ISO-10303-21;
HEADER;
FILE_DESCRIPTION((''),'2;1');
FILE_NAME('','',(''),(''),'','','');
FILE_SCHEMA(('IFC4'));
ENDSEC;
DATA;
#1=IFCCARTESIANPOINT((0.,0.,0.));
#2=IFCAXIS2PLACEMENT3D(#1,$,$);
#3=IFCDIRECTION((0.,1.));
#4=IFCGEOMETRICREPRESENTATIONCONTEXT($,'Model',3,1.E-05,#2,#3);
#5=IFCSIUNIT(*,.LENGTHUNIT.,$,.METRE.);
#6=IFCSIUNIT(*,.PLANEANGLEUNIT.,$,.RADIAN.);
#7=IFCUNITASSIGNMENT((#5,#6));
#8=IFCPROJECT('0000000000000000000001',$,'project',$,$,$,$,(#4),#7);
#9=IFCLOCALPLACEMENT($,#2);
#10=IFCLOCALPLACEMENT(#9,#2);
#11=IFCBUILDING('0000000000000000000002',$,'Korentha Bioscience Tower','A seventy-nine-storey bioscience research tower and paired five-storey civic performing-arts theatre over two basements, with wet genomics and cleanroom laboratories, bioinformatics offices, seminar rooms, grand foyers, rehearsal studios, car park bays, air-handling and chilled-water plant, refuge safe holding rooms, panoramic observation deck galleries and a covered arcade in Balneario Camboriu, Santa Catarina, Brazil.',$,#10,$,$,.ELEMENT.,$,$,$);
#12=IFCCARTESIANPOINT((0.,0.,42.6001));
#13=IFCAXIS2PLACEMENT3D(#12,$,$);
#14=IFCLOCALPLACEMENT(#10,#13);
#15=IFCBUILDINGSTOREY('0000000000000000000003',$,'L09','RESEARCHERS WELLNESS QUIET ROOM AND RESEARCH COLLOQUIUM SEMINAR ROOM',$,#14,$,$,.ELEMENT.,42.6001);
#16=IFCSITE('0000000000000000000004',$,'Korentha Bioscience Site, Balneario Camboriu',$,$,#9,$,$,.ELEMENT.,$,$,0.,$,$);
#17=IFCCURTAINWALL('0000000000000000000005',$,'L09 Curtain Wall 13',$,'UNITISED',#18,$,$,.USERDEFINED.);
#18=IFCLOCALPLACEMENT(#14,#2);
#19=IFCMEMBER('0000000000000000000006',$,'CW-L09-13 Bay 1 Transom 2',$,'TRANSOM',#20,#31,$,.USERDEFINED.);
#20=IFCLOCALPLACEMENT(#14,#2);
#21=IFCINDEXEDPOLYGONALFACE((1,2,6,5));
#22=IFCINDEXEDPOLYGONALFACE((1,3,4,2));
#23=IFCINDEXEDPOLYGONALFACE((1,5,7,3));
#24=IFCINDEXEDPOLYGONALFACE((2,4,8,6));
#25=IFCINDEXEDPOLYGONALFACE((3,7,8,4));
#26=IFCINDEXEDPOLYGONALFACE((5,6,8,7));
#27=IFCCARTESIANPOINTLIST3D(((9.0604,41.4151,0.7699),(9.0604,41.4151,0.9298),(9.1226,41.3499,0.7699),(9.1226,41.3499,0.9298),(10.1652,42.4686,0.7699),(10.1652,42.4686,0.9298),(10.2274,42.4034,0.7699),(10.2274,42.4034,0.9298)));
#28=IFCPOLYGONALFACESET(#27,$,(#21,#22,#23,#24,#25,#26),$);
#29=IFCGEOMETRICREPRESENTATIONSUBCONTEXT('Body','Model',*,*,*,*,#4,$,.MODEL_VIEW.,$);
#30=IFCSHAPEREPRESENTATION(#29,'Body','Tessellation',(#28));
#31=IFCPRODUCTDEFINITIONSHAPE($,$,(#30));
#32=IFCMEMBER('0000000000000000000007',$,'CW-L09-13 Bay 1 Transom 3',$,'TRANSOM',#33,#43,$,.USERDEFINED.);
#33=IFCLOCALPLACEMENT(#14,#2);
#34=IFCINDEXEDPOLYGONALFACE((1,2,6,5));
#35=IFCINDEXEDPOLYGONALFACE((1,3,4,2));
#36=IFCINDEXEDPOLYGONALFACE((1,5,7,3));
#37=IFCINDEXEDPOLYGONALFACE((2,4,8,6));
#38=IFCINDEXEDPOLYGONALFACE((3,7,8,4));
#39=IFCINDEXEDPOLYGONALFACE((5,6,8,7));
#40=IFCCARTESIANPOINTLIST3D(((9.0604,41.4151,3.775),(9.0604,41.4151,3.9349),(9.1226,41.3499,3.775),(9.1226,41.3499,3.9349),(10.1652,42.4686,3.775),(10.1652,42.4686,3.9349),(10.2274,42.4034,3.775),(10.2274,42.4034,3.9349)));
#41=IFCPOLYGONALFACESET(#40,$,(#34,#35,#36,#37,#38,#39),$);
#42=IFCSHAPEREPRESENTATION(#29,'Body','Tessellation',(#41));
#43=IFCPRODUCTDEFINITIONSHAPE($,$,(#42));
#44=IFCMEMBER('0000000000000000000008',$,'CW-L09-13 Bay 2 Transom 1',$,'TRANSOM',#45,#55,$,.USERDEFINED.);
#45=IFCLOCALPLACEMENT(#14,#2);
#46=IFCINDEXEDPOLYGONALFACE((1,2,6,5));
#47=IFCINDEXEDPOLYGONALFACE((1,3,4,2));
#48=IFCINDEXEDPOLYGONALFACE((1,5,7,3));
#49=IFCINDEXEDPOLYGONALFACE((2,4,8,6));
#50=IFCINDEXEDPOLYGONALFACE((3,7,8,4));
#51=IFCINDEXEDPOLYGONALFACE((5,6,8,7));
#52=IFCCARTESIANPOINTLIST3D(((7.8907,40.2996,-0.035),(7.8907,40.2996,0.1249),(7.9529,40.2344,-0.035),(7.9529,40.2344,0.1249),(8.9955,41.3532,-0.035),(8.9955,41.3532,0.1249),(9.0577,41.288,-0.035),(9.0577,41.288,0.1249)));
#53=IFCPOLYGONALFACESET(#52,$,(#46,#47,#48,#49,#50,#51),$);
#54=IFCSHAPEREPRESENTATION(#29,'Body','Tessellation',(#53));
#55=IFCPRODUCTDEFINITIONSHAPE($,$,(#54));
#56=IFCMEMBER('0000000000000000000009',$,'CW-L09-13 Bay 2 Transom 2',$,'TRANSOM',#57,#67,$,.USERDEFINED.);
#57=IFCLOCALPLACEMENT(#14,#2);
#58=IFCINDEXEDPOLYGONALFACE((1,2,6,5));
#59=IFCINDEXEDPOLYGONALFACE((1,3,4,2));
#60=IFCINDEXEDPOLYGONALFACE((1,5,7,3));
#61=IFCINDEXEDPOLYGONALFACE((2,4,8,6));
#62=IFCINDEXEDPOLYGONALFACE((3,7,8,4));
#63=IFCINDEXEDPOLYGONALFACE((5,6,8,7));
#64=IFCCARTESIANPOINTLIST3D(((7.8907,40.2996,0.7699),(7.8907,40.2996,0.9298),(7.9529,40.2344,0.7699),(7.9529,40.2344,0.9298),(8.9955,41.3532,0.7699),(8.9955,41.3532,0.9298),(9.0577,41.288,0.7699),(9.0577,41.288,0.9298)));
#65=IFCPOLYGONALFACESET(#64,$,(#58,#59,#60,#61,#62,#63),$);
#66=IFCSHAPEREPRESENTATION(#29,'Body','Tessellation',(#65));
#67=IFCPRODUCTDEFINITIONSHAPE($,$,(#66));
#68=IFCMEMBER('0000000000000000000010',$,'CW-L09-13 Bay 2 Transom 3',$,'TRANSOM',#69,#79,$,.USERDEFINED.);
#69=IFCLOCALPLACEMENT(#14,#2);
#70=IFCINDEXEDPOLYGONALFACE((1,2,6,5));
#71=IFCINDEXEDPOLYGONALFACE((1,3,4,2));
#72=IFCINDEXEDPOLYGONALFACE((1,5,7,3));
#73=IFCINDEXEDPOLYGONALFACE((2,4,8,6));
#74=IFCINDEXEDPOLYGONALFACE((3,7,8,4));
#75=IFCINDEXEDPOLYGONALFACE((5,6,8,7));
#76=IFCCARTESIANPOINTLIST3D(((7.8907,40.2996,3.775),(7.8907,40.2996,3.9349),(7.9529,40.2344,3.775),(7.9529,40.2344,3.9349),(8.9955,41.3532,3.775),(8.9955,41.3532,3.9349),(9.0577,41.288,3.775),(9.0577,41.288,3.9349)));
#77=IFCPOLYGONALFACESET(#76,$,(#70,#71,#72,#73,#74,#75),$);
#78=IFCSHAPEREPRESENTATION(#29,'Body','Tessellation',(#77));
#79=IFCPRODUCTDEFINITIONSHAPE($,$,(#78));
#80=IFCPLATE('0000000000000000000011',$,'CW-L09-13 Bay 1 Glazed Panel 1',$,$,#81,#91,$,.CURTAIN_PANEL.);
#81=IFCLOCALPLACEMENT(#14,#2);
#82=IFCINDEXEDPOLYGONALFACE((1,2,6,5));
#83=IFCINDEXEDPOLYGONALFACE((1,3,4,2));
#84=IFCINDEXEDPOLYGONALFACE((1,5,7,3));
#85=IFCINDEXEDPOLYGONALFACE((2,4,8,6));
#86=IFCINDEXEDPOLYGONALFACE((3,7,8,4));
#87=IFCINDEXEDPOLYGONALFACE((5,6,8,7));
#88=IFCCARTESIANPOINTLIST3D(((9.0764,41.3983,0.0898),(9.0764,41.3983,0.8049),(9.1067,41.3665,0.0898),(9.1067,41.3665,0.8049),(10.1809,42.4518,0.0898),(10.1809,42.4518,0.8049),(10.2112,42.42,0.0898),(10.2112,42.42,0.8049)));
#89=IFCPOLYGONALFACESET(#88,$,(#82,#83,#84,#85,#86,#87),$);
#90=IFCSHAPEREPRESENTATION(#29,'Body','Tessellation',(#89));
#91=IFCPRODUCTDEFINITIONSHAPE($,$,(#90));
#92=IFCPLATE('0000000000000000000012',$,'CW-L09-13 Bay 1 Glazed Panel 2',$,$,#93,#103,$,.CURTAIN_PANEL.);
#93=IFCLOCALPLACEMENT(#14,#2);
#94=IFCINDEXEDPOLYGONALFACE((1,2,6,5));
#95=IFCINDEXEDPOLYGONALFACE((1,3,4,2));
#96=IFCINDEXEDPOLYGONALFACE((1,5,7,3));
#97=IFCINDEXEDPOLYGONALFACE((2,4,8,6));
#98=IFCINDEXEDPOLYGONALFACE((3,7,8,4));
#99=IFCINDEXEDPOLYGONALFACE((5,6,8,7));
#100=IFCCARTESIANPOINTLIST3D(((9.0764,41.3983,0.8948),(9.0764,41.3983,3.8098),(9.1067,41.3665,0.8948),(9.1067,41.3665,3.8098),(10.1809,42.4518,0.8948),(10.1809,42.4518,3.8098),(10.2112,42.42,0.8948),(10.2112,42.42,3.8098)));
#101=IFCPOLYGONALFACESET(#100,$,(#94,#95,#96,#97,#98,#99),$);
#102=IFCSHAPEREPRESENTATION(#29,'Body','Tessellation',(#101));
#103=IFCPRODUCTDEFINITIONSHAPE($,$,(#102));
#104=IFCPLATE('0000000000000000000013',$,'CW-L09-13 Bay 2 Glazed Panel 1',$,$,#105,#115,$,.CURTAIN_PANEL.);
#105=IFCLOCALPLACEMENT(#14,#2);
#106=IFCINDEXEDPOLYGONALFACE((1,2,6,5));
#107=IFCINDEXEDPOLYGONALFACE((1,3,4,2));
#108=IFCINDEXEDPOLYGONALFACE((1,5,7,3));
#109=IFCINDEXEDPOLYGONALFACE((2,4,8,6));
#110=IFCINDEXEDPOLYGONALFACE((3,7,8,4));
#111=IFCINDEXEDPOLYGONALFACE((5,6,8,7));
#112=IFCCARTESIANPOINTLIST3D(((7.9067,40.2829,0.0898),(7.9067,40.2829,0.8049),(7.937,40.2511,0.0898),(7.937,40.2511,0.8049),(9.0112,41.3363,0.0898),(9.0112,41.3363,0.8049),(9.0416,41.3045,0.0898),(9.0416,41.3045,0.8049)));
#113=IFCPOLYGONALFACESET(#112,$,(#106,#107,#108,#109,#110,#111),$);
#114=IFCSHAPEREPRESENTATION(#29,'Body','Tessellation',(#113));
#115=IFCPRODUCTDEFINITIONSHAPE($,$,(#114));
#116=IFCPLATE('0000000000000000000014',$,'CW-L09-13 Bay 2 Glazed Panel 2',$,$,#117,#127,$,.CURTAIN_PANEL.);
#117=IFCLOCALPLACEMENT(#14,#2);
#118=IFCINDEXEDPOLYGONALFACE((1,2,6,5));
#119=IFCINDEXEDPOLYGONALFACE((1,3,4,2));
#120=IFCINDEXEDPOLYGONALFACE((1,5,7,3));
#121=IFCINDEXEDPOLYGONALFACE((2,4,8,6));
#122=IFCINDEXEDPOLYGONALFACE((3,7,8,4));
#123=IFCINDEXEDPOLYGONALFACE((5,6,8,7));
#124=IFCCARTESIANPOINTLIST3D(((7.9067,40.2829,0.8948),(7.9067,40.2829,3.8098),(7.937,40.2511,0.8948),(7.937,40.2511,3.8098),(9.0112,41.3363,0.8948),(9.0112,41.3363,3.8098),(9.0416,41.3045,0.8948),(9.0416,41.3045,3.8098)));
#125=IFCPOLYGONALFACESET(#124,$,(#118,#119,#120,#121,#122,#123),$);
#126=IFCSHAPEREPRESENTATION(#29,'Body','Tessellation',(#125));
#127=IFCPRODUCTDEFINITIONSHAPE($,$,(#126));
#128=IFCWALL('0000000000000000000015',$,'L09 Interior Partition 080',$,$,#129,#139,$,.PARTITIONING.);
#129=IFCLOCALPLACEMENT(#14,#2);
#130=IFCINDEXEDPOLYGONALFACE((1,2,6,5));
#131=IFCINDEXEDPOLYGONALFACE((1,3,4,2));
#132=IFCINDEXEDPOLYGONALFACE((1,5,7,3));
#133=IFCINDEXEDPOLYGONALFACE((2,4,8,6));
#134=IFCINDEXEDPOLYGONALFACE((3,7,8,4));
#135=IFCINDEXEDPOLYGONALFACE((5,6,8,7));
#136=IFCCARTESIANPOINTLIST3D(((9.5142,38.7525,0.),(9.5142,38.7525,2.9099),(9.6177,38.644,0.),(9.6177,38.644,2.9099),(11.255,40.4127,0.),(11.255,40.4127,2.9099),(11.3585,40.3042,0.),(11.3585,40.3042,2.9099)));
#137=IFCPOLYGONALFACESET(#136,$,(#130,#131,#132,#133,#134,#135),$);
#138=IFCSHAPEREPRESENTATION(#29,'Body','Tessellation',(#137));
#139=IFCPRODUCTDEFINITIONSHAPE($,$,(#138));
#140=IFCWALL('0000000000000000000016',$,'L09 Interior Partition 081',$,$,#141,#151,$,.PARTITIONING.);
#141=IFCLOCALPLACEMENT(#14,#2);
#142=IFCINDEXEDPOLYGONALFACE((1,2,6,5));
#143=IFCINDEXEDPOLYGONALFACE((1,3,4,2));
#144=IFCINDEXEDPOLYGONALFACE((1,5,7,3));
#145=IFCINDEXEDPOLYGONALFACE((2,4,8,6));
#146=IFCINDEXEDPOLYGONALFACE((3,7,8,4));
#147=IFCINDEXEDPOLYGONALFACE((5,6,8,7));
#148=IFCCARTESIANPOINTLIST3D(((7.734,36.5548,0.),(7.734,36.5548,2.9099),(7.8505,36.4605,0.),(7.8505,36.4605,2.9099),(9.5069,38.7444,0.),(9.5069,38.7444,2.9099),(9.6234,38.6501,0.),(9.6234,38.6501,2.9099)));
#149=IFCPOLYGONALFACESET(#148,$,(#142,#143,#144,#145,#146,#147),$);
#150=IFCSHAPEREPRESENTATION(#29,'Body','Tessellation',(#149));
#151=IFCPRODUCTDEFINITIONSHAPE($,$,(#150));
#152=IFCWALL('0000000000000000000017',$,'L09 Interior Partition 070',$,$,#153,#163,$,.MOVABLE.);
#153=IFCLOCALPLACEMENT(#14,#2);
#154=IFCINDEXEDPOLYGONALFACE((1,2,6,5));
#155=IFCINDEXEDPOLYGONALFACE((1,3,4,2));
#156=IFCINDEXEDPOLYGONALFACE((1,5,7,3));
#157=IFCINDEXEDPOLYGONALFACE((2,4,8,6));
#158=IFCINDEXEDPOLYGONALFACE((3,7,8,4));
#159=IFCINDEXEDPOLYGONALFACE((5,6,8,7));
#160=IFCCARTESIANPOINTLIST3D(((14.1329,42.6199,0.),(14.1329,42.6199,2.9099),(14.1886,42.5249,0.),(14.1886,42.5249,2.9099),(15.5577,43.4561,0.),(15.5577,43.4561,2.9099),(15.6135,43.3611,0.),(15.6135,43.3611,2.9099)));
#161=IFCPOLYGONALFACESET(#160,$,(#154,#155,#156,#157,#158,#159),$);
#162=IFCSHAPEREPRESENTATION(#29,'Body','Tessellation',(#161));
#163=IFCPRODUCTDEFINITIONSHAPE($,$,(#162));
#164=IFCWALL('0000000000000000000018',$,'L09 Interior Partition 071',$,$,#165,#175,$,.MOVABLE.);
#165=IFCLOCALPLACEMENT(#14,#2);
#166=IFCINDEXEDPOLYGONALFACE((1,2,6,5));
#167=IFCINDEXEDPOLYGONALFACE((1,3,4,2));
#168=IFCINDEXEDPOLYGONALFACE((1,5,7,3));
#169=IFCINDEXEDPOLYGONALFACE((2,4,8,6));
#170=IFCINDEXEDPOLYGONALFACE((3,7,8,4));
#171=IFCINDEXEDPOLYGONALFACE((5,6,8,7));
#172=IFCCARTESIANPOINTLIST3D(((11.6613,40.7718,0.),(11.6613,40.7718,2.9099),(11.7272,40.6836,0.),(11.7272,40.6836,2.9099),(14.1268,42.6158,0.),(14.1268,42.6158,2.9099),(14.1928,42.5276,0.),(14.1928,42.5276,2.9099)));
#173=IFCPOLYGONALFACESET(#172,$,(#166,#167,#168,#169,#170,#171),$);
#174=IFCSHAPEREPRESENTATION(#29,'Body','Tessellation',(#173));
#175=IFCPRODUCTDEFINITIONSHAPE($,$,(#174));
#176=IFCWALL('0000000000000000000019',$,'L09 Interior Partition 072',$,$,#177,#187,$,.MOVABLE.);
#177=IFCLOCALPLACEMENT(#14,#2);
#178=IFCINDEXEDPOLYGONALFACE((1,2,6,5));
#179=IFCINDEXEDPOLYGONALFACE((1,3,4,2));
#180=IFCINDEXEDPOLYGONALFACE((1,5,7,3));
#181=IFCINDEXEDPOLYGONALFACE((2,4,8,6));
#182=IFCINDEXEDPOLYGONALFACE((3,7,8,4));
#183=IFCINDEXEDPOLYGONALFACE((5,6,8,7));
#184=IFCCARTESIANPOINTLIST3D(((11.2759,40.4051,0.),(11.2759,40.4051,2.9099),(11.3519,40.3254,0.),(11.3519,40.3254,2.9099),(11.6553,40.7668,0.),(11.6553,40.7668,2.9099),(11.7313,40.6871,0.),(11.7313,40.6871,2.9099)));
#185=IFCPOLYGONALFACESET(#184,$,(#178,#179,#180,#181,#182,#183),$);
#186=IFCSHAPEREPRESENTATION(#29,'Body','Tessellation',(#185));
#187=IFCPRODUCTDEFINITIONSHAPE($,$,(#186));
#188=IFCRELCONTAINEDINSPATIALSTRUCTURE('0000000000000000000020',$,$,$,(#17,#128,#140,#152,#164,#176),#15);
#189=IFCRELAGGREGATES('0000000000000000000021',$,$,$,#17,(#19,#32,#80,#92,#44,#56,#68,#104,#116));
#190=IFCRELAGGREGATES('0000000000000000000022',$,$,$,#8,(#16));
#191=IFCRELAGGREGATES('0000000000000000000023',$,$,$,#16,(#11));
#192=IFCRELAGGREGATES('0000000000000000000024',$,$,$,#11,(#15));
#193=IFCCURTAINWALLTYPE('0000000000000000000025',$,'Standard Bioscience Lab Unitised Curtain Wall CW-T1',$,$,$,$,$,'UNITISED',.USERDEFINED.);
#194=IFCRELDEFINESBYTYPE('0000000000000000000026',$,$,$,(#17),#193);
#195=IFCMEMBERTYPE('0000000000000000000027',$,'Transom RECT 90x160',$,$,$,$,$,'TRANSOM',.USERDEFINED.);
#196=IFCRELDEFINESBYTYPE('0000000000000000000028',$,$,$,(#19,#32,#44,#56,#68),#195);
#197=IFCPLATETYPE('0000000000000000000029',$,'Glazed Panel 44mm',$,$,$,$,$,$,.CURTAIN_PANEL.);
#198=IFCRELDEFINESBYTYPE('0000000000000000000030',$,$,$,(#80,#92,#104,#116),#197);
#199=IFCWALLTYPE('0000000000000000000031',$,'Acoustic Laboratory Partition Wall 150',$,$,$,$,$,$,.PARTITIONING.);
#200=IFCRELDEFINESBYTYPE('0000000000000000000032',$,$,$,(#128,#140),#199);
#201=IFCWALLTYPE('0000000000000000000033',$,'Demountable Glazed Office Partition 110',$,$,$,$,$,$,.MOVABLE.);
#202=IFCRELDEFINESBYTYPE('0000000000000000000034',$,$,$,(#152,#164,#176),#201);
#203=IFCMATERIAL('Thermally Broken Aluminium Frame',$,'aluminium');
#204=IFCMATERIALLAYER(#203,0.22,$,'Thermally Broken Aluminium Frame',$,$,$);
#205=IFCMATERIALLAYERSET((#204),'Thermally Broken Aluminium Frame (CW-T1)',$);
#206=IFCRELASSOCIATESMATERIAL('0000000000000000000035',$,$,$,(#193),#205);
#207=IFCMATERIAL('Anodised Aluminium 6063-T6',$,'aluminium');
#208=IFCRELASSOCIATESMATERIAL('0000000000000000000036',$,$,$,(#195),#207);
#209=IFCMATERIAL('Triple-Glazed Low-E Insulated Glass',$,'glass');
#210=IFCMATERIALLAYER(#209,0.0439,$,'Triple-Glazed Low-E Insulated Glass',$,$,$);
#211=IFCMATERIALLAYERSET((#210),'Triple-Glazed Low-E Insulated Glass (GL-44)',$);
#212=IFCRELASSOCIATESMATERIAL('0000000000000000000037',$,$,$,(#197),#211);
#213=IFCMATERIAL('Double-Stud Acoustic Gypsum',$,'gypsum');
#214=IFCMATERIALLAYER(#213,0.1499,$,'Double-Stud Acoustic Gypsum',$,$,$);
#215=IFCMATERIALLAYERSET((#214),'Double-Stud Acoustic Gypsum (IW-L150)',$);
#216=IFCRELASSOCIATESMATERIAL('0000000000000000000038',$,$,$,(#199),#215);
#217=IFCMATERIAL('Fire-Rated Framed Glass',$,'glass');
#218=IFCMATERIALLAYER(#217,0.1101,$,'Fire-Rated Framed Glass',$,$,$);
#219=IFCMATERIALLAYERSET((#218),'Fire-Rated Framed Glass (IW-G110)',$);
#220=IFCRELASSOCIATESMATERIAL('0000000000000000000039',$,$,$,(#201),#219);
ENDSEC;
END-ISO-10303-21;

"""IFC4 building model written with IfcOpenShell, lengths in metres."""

from ifc_helpers import new_model, si_unit, direction, frame, frame_2d, origin, origin_2d, place, context, subcontext, project, spatial, rectangle, extrude, material, layer, layer_set, material_profile, profile_set, type_object, element, aggregate, save


model = new_model("IFC4")

# Units and contexts
model_context = context("Model", 3, precision=1e-05, world=origin(), true_north=direction((0.0, 1.0)))
body_context = subcontext(model_context, "Body", "Model", "MODEL_VIEW")
ifc_project = project(units=[si_unit("LENGTHUNIT", "METRE"), si_unit("PLANEANGLEUNIT", "RADIAN")], contexts=[model_context])

# Site, building, storey
site_placement = place(None, origin())
site = spatial("IfcSite", under=ifc_project, at=site_placement, Name="Korentha Bioscience Site, Balneario Camboriu", CompositionType="ELEMENT", RefElevation=0.0)
building_placement = place(site_placement, origin())
building = spatial("IfcBuilding", under=site, at=building_placement, Name="Korentha Bioscience Tower", Description="A seventy-nine-storey bioscience research tower and paired five-storey civic performing-arts theatre over two basements, with wet genomics and cleanroom laboratories, bioinformatics offices, seminar rooms, grand foyers, rehearsal studios, car park bays, air-handling and chilled-water plant, refuge safe holding rooms, panoramic observation deck galleries and a covered arcade in Balneario Camboriu, Santa Catarina, Brazil.", CompositionType="ELEMENT")
storey_placement = place(building_placement, frame((0.0, 0.0, 42.6001)))
storey = spatial("IfcBuildingStorey", under=building, at=storey_placement, Name="L09", Description="RESEARCHERS WELLNESS QUIET ROOM AND RESEARCH COLLOQUIUM SEMINAR ROOM", CompositionType="ELEMENT", Elevation=42.6001)

# Curtain wall
ifc_material_1 = material(Name="Thermally Broken Aluminium Frame", Category="aluminium")
ifc_layer_1 = layer(ifc_material_1, 0.22, Name="Thermally Broken Aluminium Frame")
ifc_layer_set_1 = layer_set([ifc_layer_1], Name="Thermally Broken Aluminium Frame (CW-T1)")
curtain_wall_type = type_object("IfcCurtainWallType", Name="Standard Bioscience Lab Unitised Curtain Wall CW-T1", ElementType="UNITISED", PredefinedType="USERDEFINED", material=ifc_layer_set_1)
curtain_wall_placement = place(storey_placement, origin())
curtain_wall = element("IfcCurtainWall", 1, at=curtain_wall_placement, inside=storey, type_object=curtain_wall_type, Name="L09 Curtain Wall 13", ObjectType="UNITISED", PredefinedType="USERDEFINED")
ifc_material_2 = material(Name="Anodised Aluminium 6063-T6", Category="aluminium")

# Members
ifc_material_profile_1 = material_profile(ifc_material_2, rectangle(XDim=0.0901, YDim=0.1599, at=origin_2d()), Name="Anodised Aluminium 6063-T6")
ifc_profile_set_1 = profile_set([ifc_material_profile_1], Name="Anodised Aluminium 6063-T6 (CW-TRN)")
member_type_1 = type_object("IfcMemberType", Name="Transom RECT 90x160", ElementType="TRANSOM", PredefinedType="USERDEFINED", material=ifc_profile_set_1)
member_1_placement = place(storey_placement, frame((10.1963, 42.436, 0.8499), z_axis=(-0.7237, -0.690114, 0.0), x_axis=(0.690114, -0.7237, 0.0)))
member_1 = element("IfcMember", 2, at=member_1_placement, type_object=member_type_1, Name="CW-L09-13 Bay 1 Transom 2", ObjectType="TRANSOM", PredefinedType="USERDEFINED", context=body_context, shape_type="SweptSolid", body=[
    extrude(rectangle(XDim=0.0901, YDim=0.1599, at=origin_2d()), origin(), (0.0, 0.0, 1.0), 1.5266),
])
member_2_placement = place(storey_placement, frame((10.1963, 42.436, 3.855), z_axis=(-0.7237, -0.690114, 0.0), x_axis=(0.690114, -0.7237, 0.0)))
member_2 = element("IfcMember", 3, at=member_2_placement, type_object=member_type_1, Name="CW-L09-13 Bay 1 Transom 3", ObjectType="TRANSOM", PredefinedType="USERDEFINED", context=body_context, shape_type="SweptSolid", body=[
    extrude(rectangle(XDim=0.0901, YDim=0.1599, at=origin_2d()), origin(), (0.0, 0.0, 1.0), 1.5266),
])
member_3_placement = place(storey_placement, frame((9.0266, 41.3206, 0.0449), z_axis=(-0.7237, -0.690114, 0.0), x_axis=(0.690114, -0.7237, 0.0)))
member_3 = element("IfcMember", 4, at=member_3_placement, type_object=member_type_1, Name="CW-L09-13 Bay 2 Transom 1", ObjectType="TRANSOM", PredefinedType="USERDEFINED", context=body_context, shape_type="SweptSolid", body=[
    extrude(rectangle(XDim=0.0901, YDim=0.1599, at=origin_2d()), origin(), (0.0, 0.0, 1.0), 1.5266),
])
member_4_placement = place(storey_placement, frame((9.0266, 41.3206, 0.8499), z_axis=(-0.7237, -0.690114, 0.0), x_axis=(0.690114, -0.7237, 0.0)))
member_4 = element("IfcMember", 5, at=member_4_placement, type_object=member_type_1, Name="CW-L09-13 Bay 2 Transom 2", ObjectType="TRANSOM", PredefinedType="USERDEFINED", context=body_context, shape_type="SweptSolid", body=[
    extrude(rectangle(XDim=0.0901, YDim=0.1599, at=origin_2d()), origin(), (0.0, 0.0, 1.0), 1.5266),
])
member_5_placement = place(storey_placement, frame((9.0266, 41.3206, 3.855), z_axis=(-0.7237, -0.690114, 0.0), x_axis=(0.690114, -0.7237, 0.0)))
member_5 = element("IfcMember", 6, at=member_5_placement, type_object=member_type_1, Name="CW-L09-13 Bay 2 Transom 3", ObjectType="TRANSOM", PredefinedType="USERDEFINED", context=body_context, shape_type="SweptSolid", body=[
    extrude(rectangle(XDim=0.0901, YDim=0.1599, at=origin_2d()), origin(), (0.0, 0.0, 1.0), 1.5266),
])

# Plates
ifc_material_3 = material(Name="Triple-Glazed Low-E Insulated Glass", Category="glass")
ifc_layer_2 = layer(ifc_material_3, 0.0439, Name="Triple-Glazed Low-E Insulated Glass")
ifc_layer_set_2 = layer_set([ifc_layer_2], Name="Triple-Glazed Low-E Insulated Glass (GL-44)")
plate_type = type_object("IfcPlateType", Name="Glazed Panel 44mm", PredefinedType="CURTAIN_PANEL", material=ifc_layer_set_2)
plate_1_placement = place(storey_placement, frame((9.6438, 41.9092, 0.0898), z_axis=(0.0, 0.0, 1.0), x_axis=(-0.723642, -0.690176, 0.0)))
plate_1 = element("IfcPlate", 7, at=plate_1_placement, type_object=plate_type, Name="CW-L09-13 Bay 1 Glazed Panel 1", PredefinedType="CURTAIN_PANEL", context=body_context, shape_type="SweptSolid", body=[
    extrude(rectangle(XDim=1.5264, YDim=0.0439, at=origin_2d()), origin(), (0.0, 0.0, 1.0), 0.7151),
])
plate_2_placement = place(storey_placement, frame((9.6438, 41.9092, 0.8948), z_axis=(0.0, 0.0, 1.0), x_axis=(-0.723642, -0.690176, 0.0)))
plate_2 = element("IfcPlate", 8, at=plate_2_placement, type_object=plate_type, Name="CW-L09-13 Bay 1 Glazed Panel 2", PredefinedType="CURTAIN_PANEL", context=body_context, shape_type="SweptSolid", body=[
    extrude(rectangle(XDim=1.5264, YDim=0.0439, at=origin_2d()), origin(), (0.0, 0.0, 1.0), 2.915),
])
plate_3_placement = place(storey_placement, frame((8.4741, 40.7937, 0.0898), z_axis=(0.0, 0.0, 1.0), x_axis=(-0.723642, -0.690176, 0.0)))
plate_3 = element("IfcPlate", 9, at=plate_3_placement, type_object=plate_type, Name="CW-L09-13 Bay 2 Glazed Panel 1", PredefinedType="CURTAIN_PANEL", context=body_context, shape_type="SweptSolid", body=[
    extrude(rectangle(XDim=1.5264, YDim=0.0439, at=origin_2d()), origin(), (0.0, 0.0, 1.0), 0.7151),
])
plate_4_placement = place(storey_placement, frame((8.4741, 40.7937, 0.8948), z_axis=(0.0, 0.0, 1.0), x_axis=(-0.723642, -0.690176, 0.0)))
plate_4 = element("IfcPlate", 10, at=plate_4_placement, type_object=plate_type, Name="CW-L09-13 Bay 2 Glazed Panel 2", PredefinedType="CURTAIN_PANEL", context=body_context, shape_type="SweptSolid", body=[
    extrude(rectangle(XDim=1.5264, YDim=0.0439, at=origin_2d()), origin(), (0.0, 0.0, 1.0), 2.915),
])
aggregate(curtain_wall, [member_1, member_2, plate_1, plate_2, member_3, member_4, member_5, plate_3, plate_4])

# Walls
ifc_material_4 = material(Name="Double-Stud Acoustic Gypsum", Category="gypsum")
ifc_layer_3 = layer(ifc_material_4, 0.1499, Name="Double-Stud Acoustic Gypsum")
ifc_layer_set_3 = layer_set([ifc_layer_3], Name="Double-Stud Acoustic Gypsum (IW-L150)")
wall_type_1 = type_object("IfcWallType", Name="Acoustic Laboratory Partition Wall 150", PredefinedType="PARTITIONING", material=ifc_layer_set_3)
wall_1_placement = place(storey_placement, frame((11.3066, 40.3584, 0.0), z_axis=(0.0, 0.0, 1.0), x_axis=(-0.723655, -0.690162, 0.0)))
element("IfcWall", 11, at=wall_1_placement, inside=storey, type_object=wall_type_1, Name="L09 Interior Partition 080", PredefinedType="PARTITIONING", context=body_context, shape_type="SweptSolid", body=[
    extrude(rectangle(XDim=2.4055, YDim=0.1499, at=frame_2d((1.2026, 0.0))), origin(), (0.0, 0.0, 1.0), 2.9099),
])
wall_2_placement = place(storey_placement, frame((9.5652, 38.6973, 0.0), z_axis=(0.0, 0.0, 1.0), x_axis=(-0.629271, -0.777186, 0.0)))
element("IfcWall", 12, at=wall_2_placement, inside=storey, type_object=wall_type_1, Name="L09 Interior Partition 081", PredefinedType="PARTITIONING", context=body_context, shape_type="SweptSolid", body=[
    extrude(rectangle(XDim=2.8174, YDim=0.1499, at=frame_2d((1.4087, 0.0))), origin(), (0.0, 0.0, 1.0), 2.9099),
])
ifc_material_5 = material(Name="Fire-Rated Framed Glass", Category="glass")
ifc_layer_4 = layer(ifc_material_5, 0.1101, Name="Fire-Rated Framed Glass")
ifc_layer_set_4 = layer_set([ifc_layer_4], Name="Fire-Rated Framed Glass (IW-G110)")
wall_type_2 = type_object("IfcWallType", Name="Demountable Glazed Office Partition 110", PredefinedType="MOVABLE", material=ifc_layer_set_4)
wall_3_placement = place(storey_placement, frame((15.5857, 43.4087, 0.0), z_axis=(0.0, 0.0, 1.0), x_axis=(-0.862447, -0.506148, 0.0)))
element("IfcWall", 13, at=wall_3_placement, inside=storey, type_object=wall_type_2, Name="L09 Interior Partition 070", PredefinedType="MOVABLE", context=body_context, shape_type="SweptSolid", body=[
    extrude(rectangle(XDim=1.6521, YDim=0.1101, at=frame_2d((0.8262, 0.0))), origin(), (0.0, 0.0, 1.0), 2.9099),
])
wall_4_placement = place(storey_placement, frame((14.1599, 42.5718, 0.0), z_axis=(0.0, 0.0, 1.0), x_axis=(-0.800808, -0.598921, 0.0)))
element("IfcWall", 14, at=wall_4_placement, inside=storey, type_object=wall_type_2, Name="L09 Interior Partition 071", PredefinedType="MOVABLE", context=body_context, shape_type="SweptSolid", body=[
    extrude(rectangle(XDim=3.0789, YDim=0.1101, at=frame_2d((1.5396, 0.0))), origin(), (0.0, 0.0, 1.0), 2.9099),
])
wall_5_placement = place(storey_placement, frame((11.6934, 40.7271, 0.0), z_axis=(0.0, 0.0, 1.0), x_axis=(-0.723673, -0.690143, 0.0)))
element("IfcWall", 15, at=wall_5_placement, inside=storey, type_object=wall_type_2, Name="L09 Interior Partition 072", PredefinedType="MOVABLE", context=body_context, shape_type="SweptSolid", body=[
    extrude(rectangle(XDim=0.5242, YDim=0.1101, at=frame_2d((0.2622, 0.0))), origin(), (0.0, 0.0, 1.0), 2.9099),
])

save(model, "model.ifc")
